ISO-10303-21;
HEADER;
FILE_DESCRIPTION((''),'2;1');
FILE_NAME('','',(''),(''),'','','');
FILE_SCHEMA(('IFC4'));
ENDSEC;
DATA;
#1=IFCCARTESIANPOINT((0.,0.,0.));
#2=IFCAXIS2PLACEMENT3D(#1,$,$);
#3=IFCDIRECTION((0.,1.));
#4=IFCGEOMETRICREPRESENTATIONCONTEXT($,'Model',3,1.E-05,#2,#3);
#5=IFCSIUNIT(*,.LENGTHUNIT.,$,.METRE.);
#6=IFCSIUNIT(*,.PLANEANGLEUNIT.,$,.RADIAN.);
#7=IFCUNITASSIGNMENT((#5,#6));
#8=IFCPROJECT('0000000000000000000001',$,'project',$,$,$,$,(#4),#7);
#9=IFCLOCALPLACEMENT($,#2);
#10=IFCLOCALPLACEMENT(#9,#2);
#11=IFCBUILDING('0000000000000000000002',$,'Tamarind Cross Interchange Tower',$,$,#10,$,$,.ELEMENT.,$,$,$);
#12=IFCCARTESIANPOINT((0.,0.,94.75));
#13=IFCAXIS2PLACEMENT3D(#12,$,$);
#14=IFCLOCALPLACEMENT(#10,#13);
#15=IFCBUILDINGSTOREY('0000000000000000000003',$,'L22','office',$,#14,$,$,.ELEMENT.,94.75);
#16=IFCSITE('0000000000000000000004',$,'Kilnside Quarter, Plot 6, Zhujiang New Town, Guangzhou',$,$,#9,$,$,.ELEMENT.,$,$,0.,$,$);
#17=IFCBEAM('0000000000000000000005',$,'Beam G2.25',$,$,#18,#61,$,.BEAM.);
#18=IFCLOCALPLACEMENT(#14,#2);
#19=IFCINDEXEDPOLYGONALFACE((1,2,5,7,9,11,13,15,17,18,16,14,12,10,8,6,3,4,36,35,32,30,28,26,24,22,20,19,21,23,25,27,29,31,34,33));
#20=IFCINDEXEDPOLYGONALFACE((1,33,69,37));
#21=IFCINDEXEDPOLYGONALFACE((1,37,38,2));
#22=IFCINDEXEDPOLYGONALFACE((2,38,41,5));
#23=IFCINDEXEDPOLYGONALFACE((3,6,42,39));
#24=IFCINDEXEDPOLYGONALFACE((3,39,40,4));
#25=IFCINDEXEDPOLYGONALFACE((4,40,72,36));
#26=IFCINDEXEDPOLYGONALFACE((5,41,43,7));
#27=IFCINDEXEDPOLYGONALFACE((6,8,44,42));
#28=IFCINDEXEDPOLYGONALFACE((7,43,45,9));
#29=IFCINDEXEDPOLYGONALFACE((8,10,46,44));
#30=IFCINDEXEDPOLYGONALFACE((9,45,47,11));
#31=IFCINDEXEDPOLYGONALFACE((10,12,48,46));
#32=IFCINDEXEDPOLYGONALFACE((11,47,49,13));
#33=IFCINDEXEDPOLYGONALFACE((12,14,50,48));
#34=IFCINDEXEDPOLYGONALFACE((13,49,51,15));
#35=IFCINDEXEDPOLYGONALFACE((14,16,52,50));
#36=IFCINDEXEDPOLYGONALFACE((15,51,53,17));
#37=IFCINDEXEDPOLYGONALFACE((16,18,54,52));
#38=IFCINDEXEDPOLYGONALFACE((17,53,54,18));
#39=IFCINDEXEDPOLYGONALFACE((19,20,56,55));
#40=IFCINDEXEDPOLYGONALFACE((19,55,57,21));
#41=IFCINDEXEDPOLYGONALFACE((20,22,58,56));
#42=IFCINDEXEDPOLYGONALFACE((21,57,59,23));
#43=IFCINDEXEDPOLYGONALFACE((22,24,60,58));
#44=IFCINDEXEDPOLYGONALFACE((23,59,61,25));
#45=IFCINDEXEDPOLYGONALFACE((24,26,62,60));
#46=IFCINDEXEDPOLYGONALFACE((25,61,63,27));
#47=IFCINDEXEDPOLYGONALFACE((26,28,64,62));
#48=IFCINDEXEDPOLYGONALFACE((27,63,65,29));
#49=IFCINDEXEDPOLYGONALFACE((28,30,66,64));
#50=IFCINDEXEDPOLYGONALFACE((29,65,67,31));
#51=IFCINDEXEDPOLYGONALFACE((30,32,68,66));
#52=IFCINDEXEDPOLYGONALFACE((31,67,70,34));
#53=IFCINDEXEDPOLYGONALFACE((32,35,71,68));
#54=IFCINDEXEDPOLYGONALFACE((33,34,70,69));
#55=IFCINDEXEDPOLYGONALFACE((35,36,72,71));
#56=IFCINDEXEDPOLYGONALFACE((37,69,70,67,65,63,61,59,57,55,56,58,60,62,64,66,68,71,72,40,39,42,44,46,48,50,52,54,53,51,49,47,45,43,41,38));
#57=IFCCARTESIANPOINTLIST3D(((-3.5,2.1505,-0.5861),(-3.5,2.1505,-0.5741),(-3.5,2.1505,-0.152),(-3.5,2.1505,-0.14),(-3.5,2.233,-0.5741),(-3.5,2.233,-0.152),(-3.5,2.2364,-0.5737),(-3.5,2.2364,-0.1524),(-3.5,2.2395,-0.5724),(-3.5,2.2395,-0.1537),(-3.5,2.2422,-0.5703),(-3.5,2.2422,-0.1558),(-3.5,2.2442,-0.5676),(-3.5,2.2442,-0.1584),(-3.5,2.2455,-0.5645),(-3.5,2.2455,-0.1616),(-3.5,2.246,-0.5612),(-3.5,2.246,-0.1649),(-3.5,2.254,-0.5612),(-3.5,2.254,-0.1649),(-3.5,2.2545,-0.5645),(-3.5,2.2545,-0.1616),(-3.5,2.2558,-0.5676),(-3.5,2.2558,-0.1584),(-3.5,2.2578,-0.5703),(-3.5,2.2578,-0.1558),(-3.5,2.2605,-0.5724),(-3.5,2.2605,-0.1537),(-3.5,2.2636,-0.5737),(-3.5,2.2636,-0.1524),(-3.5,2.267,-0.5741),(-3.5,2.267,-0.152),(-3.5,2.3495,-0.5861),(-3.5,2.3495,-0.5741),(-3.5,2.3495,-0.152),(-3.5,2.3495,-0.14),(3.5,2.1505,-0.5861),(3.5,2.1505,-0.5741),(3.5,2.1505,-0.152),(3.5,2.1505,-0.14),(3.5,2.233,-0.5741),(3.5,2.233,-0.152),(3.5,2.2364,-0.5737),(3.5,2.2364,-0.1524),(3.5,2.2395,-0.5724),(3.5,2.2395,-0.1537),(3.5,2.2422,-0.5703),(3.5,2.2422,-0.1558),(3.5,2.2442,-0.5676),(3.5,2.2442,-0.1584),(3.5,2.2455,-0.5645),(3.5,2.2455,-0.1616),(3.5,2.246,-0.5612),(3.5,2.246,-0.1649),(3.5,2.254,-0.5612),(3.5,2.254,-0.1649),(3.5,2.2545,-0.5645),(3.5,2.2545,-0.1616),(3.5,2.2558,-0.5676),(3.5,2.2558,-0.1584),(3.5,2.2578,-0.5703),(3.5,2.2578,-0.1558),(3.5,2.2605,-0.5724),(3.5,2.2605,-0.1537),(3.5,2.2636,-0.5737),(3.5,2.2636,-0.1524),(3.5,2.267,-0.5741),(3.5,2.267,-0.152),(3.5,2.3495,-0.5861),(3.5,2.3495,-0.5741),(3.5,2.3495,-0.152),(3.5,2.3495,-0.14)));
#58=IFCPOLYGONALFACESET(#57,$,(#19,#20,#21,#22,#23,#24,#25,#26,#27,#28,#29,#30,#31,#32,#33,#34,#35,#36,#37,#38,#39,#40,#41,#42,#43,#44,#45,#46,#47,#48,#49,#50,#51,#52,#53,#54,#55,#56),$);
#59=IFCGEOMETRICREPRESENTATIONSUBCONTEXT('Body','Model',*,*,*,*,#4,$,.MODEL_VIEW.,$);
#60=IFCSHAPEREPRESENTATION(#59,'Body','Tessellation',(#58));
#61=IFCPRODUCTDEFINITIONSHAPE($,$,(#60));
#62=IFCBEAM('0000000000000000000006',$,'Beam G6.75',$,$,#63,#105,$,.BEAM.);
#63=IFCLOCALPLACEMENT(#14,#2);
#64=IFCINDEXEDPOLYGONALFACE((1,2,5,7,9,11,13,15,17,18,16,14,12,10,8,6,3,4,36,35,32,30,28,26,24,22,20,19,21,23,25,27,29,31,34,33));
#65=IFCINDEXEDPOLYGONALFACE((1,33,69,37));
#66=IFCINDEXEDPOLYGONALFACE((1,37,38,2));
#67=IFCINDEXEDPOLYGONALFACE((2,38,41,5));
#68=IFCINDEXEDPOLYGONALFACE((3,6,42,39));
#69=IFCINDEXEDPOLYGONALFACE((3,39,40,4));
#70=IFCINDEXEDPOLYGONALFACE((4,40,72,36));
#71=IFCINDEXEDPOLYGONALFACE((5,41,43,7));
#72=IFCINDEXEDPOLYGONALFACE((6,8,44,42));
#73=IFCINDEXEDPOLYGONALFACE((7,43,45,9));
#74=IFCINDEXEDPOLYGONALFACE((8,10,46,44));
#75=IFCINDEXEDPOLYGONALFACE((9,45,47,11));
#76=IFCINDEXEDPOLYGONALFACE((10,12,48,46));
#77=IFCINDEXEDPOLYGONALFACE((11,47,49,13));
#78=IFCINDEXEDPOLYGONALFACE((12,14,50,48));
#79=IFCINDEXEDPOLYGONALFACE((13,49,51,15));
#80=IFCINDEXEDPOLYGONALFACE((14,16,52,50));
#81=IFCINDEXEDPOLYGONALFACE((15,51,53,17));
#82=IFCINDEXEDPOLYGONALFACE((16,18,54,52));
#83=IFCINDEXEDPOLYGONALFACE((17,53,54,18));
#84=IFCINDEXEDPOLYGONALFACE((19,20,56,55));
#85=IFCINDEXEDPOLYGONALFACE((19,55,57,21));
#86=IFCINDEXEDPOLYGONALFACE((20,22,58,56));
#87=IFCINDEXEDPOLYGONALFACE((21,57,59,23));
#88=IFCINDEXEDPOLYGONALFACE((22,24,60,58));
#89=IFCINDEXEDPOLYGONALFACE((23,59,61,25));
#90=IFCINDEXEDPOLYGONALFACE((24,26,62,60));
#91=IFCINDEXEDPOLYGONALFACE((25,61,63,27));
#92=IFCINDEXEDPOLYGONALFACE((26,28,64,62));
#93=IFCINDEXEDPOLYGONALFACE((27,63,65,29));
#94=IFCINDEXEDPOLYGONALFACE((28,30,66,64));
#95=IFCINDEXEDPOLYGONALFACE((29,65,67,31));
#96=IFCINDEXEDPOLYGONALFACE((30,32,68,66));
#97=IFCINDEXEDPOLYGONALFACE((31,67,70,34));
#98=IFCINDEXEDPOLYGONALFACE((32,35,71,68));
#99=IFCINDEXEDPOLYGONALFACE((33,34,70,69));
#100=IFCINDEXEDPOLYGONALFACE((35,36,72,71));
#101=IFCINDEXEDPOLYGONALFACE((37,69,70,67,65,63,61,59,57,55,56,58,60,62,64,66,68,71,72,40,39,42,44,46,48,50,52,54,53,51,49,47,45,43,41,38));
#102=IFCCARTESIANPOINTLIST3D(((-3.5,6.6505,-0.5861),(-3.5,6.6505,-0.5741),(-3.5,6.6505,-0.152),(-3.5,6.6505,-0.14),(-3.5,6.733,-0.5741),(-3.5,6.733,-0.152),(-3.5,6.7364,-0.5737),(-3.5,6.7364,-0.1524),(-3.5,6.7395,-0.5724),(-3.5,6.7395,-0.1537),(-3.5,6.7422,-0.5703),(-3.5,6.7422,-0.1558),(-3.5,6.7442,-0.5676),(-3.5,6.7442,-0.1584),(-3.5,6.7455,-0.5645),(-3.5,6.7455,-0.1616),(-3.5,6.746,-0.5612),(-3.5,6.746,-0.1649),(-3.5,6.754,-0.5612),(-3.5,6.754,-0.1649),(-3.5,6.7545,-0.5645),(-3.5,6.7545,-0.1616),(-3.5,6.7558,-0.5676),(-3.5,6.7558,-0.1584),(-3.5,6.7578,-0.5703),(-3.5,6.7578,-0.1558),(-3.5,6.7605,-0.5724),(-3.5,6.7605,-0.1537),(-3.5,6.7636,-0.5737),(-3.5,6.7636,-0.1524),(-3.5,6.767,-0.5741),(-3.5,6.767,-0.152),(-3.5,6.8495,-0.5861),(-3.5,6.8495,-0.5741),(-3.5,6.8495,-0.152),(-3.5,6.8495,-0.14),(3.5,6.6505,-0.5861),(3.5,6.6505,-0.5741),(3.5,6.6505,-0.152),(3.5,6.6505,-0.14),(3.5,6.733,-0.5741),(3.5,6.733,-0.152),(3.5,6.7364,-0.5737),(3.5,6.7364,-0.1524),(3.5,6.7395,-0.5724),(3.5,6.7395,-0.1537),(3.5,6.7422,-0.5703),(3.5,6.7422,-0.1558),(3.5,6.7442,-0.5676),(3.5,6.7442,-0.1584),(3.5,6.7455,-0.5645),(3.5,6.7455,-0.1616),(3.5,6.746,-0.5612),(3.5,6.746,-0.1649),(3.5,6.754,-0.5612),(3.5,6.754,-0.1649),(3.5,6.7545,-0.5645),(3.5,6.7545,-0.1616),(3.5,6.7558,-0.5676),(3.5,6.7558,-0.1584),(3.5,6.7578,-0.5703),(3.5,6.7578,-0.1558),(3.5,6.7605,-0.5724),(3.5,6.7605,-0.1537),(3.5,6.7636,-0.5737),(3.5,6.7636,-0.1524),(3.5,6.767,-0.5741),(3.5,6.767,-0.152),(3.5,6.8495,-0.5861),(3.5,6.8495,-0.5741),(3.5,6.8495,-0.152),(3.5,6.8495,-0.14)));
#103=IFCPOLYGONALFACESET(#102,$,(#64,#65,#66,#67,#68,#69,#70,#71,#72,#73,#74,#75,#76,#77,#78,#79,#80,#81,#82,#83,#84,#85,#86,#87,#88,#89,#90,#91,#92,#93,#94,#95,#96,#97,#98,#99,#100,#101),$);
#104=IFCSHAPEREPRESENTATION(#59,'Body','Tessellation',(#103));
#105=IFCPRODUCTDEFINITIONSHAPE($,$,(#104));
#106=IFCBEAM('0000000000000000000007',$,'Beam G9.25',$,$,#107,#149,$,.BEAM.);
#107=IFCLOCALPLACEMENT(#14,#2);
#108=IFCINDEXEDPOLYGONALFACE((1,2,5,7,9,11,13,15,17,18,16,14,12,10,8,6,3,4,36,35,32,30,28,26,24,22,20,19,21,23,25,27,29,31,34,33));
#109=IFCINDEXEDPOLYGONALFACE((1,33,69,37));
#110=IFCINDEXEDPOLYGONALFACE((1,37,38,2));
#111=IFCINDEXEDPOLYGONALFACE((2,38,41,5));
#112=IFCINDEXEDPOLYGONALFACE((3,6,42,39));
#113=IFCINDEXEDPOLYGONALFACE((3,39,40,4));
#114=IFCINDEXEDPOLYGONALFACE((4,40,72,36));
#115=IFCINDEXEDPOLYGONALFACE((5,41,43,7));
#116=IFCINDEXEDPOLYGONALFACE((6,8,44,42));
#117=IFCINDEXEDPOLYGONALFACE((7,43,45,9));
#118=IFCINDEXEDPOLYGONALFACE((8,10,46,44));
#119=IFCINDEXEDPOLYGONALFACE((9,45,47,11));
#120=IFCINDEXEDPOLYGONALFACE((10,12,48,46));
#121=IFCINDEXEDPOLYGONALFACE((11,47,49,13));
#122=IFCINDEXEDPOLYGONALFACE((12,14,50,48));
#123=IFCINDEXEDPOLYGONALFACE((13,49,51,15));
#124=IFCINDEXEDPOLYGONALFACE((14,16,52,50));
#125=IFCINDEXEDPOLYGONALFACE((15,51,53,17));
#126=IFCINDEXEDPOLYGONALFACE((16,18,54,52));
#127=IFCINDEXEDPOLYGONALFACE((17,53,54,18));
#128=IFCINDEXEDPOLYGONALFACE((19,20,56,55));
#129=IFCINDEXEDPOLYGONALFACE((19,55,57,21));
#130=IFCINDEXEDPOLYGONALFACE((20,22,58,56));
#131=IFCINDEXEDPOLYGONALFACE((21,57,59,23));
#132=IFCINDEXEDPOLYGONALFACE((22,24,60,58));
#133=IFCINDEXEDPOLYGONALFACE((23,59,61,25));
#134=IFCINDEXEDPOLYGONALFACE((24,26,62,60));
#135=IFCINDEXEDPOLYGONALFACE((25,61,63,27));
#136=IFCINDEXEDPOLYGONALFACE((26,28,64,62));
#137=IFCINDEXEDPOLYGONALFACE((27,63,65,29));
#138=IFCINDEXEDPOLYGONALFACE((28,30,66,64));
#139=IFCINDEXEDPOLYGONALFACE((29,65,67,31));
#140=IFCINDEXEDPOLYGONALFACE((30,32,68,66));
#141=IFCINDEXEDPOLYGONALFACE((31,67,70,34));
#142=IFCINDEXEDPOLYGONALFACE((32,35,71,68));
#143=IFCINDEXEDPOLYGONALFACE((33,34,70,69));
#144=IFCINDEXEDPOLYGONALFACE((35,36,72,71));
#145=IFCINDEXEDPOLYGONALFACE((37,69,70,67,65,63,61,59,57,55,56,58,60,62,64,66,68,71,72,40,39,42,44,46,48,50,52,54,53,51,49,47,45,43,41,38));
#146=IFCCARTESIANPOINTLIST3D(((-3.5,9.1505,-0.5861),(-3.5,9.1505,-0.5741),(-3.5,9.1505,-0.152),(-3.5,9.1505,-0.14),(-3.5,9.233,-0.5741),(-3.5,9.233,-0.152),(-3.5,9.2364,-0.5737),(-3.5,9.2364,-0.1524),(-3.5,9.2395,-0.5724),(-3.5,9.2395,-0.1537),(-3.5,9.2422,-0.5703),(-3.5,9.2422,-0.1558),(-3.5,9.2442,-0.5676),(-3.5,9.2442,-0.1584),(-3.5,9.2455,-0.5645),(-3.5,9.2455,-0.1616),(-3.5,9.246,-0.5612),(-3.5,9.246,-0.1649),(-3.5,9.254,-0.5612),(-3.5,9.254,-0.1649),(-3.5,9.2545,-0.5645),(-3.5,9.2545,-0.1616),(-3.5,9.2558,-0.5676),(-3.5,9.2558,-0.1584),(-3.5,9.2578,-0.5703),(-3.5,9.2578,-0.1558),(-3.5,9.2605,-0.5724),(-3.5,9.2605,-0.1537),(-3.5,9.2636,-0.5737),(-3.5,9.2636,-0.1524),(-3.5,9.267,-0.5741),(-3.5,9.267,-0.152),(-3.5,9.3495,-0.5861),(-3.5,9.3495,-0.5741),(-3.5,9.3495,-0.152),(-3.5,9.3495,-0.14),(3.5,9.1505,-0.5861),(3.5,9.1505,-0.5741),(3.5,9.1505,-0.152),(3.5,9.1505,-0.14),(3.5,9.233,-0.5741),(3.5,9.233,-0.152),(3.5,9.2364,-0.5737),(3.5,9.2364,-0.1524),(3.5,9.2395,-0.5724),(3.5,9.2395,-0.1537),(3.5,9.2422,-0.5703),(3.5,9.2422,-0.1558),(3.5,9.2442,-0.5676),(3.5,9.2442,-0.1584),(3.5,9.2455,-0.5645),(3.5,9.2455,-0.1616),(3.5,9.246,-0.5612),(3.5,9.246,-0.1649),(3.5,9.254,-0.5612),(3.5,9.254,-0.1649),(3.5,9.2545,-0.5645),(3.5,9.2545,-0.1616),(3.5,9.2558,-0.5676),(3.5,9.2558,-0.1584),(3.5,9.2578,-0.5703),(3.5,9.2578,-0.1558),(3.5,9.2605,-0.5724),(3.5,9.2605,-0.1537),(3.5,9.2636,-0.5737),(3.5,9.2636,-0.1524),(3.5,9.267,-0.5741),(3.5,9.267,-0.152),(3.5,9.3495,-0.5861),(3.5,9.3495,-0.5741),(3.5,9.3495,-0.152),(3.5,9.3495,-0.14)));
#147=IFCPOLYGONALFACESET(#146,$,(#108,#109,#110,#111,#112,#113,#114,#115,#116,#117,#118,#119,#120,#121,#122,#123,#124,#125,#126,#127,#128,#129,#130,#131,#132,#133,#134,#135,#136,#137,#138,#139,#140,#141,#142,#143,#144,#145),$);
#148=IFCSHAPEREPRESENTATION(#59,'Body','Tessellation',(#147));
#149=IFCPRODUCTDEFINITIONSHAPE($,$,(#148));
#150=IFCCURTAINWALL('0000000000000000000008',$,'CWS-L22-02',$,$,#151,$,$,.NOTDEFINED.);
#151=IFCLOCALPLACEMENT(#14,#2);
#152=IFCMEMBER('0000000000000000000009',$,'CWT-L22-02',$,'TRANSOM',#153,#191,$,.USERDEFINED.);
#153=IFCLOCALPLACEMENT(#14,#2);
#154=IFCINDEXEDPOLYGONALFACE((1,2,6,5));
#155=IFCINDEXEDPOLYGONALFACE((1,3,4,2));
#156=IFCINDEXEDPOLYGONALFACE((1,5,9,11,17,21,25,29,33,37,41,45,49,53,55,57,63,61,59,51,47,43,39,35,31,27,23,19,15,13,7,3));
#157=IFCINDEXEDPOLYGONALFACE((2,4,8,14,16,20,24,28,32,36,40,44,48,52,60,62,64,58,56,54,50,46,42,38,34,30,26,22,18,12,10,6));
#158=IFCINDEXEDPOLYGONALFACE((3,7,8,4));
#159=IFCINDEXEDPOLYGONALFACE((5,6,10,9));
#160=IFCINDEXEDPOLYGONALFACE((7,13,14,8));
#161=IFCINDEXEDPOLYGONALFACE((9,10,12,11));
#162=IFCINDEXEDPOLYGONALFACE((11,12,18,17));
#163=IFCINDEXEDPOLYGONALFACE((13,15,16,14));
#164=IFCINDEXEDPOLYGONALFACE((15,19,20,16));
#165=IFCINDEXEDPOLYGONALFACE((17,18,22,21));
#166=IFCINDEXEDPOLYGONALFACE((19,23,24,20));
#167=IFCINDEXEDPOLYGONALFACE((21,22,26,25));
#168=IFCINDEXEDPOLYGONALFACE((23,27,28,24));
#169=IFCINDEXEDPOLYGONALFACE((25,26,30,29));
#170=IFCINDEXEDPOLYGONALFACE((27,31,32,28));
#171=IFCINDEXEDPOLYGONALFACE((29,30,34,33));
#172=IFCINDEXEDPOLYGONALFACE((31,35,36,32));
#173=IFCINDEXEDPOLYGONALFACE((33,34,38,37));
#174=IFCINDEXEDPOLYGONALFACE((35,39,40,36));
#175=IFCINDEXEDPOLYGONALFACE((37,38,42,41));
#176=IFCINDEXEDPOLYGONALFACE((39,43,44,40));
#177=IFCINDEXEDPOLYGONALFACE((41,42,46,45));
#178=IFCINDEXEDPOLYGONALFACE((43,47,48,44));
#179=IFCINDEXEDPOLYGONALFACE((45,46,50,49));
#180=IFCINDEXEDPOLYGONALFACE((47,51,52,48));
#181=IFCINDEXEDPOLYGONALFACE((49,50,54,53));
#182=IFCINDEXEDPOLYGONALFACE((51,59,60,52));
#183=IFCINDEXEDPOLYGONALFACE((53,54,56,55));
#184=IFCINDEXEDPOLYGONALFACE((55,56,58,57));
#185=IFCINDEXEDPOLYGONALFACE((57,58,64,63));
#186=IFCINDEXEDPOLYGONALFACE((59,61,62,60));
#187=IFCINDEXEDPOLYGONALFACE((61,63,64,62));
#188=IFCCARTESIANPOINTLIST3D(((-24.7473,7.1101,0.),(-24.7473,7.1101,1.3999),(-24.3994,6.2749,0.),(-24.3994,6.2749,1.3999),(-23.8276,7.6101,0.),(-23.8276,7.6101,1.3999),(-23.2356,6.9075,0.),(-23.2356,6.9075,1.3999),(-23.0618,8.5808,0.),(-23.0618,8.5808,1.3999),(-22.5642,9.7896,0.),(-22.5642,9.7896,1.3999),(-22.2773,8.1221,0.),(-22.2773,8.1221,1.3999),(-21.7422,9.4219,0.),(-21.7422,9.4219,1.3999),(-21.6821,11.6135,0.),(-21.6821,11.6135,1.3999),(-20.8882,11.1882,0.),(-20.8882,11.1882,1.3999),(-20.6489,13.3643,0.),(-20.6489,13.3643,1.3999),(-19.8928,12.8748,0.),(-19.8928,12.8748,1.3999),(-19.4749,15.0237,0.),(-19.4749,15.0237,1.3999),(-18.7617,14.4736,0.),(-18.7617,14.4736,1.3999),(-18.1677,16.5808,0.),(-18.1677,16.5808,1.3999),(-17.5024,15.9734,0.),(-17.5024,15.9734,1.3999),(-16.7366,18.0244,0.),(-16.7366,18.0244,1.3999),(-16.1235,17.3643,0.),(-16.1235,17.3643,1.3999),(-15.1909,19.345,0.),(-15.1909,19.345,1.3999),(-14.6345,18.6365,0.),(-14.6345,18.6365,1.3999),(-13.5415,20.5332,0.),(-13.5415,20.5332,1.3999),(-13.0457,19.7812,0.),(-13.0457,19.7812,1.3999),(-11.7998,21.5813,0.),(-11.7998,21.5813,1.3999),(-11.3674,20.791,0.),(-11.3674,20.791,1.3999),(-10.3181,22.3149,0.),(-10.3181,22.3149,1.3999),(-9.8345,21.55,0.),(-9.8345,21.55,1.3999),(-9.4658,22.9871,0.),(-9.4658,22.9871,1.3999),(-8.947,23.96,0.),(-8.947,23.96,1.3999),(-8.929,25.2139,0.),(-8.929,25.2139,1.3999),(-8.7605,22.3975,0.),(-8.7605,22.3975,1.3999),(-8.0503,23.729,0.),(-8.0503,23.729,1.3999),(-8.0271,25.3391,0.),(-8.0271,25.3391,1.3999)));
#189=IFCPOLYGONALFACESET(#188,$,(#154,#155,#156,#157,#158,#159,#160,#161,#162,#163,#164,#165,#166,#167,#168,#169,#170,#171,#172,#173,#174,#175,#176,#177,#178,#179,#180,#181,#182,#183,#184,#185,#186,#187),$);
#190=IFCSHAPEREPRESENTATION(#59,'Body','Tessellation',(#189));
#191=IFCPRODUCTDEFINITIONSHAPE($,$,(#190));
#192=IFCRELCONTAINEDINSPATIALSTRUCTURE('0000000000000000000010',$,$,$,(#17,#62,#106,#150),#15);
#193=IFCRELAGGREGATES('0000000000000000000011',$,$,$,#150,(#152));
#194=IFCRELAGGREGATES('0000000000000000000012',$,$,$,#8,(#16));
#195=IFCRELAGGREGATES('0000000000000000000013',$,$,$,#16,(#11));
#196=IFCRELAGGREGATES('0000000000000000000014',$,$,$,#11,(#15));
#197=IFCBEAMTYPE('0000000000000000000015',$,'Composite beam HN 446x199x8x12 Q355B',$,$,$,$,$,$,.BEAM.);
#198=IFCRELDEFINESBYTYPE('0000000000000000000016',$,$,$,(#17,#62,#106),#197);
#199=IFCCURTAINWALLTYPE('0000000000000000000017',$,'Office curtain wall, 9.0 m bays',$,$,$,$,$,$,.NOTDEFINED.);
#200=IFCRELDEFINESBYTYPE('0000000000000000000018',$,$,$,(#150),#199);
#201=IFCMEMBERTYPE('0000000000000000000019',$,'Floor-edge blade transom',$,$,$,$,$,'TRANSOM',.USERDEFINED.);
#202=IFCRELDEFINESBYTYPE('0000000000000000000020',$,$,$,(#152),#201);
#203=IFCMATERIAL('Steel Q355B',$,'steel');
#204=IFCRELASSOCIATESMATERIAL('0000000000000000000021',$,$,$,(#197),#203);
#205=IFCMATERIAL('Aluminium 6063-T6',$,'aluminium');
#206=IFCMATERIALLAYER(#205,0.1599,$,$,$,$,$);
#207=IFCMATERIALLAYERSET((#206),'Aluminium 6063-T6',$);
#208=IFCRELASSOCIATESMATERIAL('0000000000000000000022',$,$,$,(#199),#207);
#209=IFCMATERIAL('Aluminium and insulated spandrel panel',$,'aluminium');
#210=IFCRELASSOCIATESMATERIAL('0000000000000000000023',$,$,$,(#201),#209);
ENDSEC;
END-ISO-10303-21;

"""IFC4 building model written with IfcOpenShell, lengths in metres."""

from ifc_helpers import new_model, si_unit, direction, frame, origin, origin_2d, place, context, subcontext, project, spatial, polyline, i_section, outline, extrude, material, layer, layer_set, material_profile, profile_set, type_object, element, aggregate, save


model = new_model("IFC4")

# Units and contexts
model_context = context("Model", 3, precision=1e-05, world=origin(), true_north=direction((0.0, 1.0)))
body_context = subcontext(model_context, "Body", "Model", "MODEL_VIEW")
ifc_project = project(units=[si_unit("LENGTHUNIT", "METRE"), si_unit("PLANEANGLEUNIT", "RADIAN")], contexts=[model_context])

# Site, building, storey
site_placement = place(None, origin())
site = spatial("IfcSite", under=ifc_project, at=site_placement, Name="Kilnside Quarter, Plot 6, Zhujiang New Town, Guangzhou", CompositionType="ELEMENT", RefElevation=0.0)
building_placement = place(site_placement, origin())
building = spatial("IfcBuilding", under=site, at=building_placement, Name="Tamarind Cross Interchange Tower", CompositionType="ELEMENT")
storey_placement = place(building_placement, frame((0.0, 0.0, 94.75)))
storey = spatial("IfcBuildingStorey", under=building, at=storey_placement, Name="L22", Description="office", CompositionType="ELEMENT", Elevation=94.75)

# Beams
ifc_material_1 = material(Name="Steel Q355B", Category="steel")
ifc_material_profile = material_profile(ifc_material_1, i_section(OverallWidth=0.199, OverallDepth=0.446, WebThickness=0.0081, FlangeThickness=0.012, FilletRadius=0.0129, at=origin_2d()), Name="HN 446x199x8x12")
ifc_profile_set = profile_set([ifc_material_profile], Name="Steel Q355B")
beam_type = type_object("IfcBeamType", Name="Composite beam HN 446x199x8x12 Q355B", PredefinedType="BEAM", material=ifc_profile_set)
for number, where, z_axis, x_axis, name in (
    (1, (-3.5, 2.25, -0.363), (1.0, 0.0, 0.0), (0.0, 1.0, 0.0), "Beam G2.25"),
    (2, (-3.5, 6.75, -0.363), (1.0, 0.0, 0.0), (0.0, 1.0, 0.0), "Beam G6.75"),
    (3, (-3.5, 9.25, -0.363), (1.0, 0.0, 0.0), (0.0, 1.0, 0.0), "Beam G9.25"),
):
    element("IfcBeam", number, at=place(storey_placement, frame(where, z_axis=z_axis, x_axis=x_axis)), inside=storey, type_object=beam_type, Name=name, PredefinedType="BEAM", context=body_context, shape_type="SweptSolid", body=[
        extrude(i_section(OverallWidth=0.199, OverallDepth=0.446, WebThickness=0.0081, FlangeThickness=0.012, FilletRadius=0.0129, at=origin_2d()), origin(), (0.0, 0.0, 1.0), 7.0),
    ])

# Curtain wall, member
ifc_material_2 = material(Name="Aluminium 6063-T6", Category="aluminium")
ifc_layer_1 = layer(ifc_material_2, 0.1599)
ifc_layer_set_1 = layer_set([ifc_layer_1], Name="Aluminium 6063-T6")
curtain_wall_type = type_object("IfcCurtainWallType", Name="Office curtain wall, 9.0 m bays", PredefinedType="NOTDEFINED", material=ifc_layer_set_1)
curtain_wall_1_placement = place(storey_placement, origin())
curtain_wall_1 = element("IfcCurtainWall", 4, at=curtain_wall_1_placement, inside=storey, type_object=curtain_wall_type, Name="CWS-L22-02", PredefinedType="NOTDEFINED")
ifc_material_3 = material(Name="Aluminium and insulated spandrel panel", Category="aluminium")
member_type = type_object("IfcMemberType", Name="Floor-edge blade transom", ElementType="TRANSOM", PredefinedType="USERDEFINED", material=ifc_material_3)
member_1_placement = place(storey_placement, origin())
member_1 = element("IfcMember", 5, at=member_1_placement, type_object=member_type, Name="CWT-L22-02", ObjectType="TRANSOM", PredefinedType="USERDEFINED", context=body_context, shape_type="SweptSolid", body=[
    extrude(outline(polyline([(-8.0271, 25.3391), (-8.0503, 23.729), (-8.7605, 22.3975), (-9.8345, 21.55), (-11.3674, 20.791), (-13.0457, 19.7812), (-14.6345, 18.6365), (-16.1235, 17.3643), (-17.5024, 15.9734), (-18.7617, 14.4736), (-19.8928, 12.8748), (-20.8882, 11.1882), (-21.7422, 9.4219), (-22.2773, 8.1221), (-23.2356, 6.9075), (-24.3994, 6.2749), (-24.7473, 7.1101), (-23.8276, 7.6101), (-23.0618, 8.5808), (-22.5642, 9.7896), (-21.6821, 11.6135), (-20.6489, 13.3643), (-19.4749, 15.0237), (-18.1677, 16.5808), (-16.7366, 18.0244), (-15.1909, 19.345), (-13.5415, 20.5332), (-11.7998, 21.5813), (-10.3181, 22.3149), (-9.4658, 22.9871), (-8.947, 23.96), (-8.929, 25.2139), (-8.0271, 25.3391)])), origin(), (0.0, 0.0, 1.0), 1.3999),
])
aggregate(curtain_wall_1, [member_1])

save(model, "model.ifc")
